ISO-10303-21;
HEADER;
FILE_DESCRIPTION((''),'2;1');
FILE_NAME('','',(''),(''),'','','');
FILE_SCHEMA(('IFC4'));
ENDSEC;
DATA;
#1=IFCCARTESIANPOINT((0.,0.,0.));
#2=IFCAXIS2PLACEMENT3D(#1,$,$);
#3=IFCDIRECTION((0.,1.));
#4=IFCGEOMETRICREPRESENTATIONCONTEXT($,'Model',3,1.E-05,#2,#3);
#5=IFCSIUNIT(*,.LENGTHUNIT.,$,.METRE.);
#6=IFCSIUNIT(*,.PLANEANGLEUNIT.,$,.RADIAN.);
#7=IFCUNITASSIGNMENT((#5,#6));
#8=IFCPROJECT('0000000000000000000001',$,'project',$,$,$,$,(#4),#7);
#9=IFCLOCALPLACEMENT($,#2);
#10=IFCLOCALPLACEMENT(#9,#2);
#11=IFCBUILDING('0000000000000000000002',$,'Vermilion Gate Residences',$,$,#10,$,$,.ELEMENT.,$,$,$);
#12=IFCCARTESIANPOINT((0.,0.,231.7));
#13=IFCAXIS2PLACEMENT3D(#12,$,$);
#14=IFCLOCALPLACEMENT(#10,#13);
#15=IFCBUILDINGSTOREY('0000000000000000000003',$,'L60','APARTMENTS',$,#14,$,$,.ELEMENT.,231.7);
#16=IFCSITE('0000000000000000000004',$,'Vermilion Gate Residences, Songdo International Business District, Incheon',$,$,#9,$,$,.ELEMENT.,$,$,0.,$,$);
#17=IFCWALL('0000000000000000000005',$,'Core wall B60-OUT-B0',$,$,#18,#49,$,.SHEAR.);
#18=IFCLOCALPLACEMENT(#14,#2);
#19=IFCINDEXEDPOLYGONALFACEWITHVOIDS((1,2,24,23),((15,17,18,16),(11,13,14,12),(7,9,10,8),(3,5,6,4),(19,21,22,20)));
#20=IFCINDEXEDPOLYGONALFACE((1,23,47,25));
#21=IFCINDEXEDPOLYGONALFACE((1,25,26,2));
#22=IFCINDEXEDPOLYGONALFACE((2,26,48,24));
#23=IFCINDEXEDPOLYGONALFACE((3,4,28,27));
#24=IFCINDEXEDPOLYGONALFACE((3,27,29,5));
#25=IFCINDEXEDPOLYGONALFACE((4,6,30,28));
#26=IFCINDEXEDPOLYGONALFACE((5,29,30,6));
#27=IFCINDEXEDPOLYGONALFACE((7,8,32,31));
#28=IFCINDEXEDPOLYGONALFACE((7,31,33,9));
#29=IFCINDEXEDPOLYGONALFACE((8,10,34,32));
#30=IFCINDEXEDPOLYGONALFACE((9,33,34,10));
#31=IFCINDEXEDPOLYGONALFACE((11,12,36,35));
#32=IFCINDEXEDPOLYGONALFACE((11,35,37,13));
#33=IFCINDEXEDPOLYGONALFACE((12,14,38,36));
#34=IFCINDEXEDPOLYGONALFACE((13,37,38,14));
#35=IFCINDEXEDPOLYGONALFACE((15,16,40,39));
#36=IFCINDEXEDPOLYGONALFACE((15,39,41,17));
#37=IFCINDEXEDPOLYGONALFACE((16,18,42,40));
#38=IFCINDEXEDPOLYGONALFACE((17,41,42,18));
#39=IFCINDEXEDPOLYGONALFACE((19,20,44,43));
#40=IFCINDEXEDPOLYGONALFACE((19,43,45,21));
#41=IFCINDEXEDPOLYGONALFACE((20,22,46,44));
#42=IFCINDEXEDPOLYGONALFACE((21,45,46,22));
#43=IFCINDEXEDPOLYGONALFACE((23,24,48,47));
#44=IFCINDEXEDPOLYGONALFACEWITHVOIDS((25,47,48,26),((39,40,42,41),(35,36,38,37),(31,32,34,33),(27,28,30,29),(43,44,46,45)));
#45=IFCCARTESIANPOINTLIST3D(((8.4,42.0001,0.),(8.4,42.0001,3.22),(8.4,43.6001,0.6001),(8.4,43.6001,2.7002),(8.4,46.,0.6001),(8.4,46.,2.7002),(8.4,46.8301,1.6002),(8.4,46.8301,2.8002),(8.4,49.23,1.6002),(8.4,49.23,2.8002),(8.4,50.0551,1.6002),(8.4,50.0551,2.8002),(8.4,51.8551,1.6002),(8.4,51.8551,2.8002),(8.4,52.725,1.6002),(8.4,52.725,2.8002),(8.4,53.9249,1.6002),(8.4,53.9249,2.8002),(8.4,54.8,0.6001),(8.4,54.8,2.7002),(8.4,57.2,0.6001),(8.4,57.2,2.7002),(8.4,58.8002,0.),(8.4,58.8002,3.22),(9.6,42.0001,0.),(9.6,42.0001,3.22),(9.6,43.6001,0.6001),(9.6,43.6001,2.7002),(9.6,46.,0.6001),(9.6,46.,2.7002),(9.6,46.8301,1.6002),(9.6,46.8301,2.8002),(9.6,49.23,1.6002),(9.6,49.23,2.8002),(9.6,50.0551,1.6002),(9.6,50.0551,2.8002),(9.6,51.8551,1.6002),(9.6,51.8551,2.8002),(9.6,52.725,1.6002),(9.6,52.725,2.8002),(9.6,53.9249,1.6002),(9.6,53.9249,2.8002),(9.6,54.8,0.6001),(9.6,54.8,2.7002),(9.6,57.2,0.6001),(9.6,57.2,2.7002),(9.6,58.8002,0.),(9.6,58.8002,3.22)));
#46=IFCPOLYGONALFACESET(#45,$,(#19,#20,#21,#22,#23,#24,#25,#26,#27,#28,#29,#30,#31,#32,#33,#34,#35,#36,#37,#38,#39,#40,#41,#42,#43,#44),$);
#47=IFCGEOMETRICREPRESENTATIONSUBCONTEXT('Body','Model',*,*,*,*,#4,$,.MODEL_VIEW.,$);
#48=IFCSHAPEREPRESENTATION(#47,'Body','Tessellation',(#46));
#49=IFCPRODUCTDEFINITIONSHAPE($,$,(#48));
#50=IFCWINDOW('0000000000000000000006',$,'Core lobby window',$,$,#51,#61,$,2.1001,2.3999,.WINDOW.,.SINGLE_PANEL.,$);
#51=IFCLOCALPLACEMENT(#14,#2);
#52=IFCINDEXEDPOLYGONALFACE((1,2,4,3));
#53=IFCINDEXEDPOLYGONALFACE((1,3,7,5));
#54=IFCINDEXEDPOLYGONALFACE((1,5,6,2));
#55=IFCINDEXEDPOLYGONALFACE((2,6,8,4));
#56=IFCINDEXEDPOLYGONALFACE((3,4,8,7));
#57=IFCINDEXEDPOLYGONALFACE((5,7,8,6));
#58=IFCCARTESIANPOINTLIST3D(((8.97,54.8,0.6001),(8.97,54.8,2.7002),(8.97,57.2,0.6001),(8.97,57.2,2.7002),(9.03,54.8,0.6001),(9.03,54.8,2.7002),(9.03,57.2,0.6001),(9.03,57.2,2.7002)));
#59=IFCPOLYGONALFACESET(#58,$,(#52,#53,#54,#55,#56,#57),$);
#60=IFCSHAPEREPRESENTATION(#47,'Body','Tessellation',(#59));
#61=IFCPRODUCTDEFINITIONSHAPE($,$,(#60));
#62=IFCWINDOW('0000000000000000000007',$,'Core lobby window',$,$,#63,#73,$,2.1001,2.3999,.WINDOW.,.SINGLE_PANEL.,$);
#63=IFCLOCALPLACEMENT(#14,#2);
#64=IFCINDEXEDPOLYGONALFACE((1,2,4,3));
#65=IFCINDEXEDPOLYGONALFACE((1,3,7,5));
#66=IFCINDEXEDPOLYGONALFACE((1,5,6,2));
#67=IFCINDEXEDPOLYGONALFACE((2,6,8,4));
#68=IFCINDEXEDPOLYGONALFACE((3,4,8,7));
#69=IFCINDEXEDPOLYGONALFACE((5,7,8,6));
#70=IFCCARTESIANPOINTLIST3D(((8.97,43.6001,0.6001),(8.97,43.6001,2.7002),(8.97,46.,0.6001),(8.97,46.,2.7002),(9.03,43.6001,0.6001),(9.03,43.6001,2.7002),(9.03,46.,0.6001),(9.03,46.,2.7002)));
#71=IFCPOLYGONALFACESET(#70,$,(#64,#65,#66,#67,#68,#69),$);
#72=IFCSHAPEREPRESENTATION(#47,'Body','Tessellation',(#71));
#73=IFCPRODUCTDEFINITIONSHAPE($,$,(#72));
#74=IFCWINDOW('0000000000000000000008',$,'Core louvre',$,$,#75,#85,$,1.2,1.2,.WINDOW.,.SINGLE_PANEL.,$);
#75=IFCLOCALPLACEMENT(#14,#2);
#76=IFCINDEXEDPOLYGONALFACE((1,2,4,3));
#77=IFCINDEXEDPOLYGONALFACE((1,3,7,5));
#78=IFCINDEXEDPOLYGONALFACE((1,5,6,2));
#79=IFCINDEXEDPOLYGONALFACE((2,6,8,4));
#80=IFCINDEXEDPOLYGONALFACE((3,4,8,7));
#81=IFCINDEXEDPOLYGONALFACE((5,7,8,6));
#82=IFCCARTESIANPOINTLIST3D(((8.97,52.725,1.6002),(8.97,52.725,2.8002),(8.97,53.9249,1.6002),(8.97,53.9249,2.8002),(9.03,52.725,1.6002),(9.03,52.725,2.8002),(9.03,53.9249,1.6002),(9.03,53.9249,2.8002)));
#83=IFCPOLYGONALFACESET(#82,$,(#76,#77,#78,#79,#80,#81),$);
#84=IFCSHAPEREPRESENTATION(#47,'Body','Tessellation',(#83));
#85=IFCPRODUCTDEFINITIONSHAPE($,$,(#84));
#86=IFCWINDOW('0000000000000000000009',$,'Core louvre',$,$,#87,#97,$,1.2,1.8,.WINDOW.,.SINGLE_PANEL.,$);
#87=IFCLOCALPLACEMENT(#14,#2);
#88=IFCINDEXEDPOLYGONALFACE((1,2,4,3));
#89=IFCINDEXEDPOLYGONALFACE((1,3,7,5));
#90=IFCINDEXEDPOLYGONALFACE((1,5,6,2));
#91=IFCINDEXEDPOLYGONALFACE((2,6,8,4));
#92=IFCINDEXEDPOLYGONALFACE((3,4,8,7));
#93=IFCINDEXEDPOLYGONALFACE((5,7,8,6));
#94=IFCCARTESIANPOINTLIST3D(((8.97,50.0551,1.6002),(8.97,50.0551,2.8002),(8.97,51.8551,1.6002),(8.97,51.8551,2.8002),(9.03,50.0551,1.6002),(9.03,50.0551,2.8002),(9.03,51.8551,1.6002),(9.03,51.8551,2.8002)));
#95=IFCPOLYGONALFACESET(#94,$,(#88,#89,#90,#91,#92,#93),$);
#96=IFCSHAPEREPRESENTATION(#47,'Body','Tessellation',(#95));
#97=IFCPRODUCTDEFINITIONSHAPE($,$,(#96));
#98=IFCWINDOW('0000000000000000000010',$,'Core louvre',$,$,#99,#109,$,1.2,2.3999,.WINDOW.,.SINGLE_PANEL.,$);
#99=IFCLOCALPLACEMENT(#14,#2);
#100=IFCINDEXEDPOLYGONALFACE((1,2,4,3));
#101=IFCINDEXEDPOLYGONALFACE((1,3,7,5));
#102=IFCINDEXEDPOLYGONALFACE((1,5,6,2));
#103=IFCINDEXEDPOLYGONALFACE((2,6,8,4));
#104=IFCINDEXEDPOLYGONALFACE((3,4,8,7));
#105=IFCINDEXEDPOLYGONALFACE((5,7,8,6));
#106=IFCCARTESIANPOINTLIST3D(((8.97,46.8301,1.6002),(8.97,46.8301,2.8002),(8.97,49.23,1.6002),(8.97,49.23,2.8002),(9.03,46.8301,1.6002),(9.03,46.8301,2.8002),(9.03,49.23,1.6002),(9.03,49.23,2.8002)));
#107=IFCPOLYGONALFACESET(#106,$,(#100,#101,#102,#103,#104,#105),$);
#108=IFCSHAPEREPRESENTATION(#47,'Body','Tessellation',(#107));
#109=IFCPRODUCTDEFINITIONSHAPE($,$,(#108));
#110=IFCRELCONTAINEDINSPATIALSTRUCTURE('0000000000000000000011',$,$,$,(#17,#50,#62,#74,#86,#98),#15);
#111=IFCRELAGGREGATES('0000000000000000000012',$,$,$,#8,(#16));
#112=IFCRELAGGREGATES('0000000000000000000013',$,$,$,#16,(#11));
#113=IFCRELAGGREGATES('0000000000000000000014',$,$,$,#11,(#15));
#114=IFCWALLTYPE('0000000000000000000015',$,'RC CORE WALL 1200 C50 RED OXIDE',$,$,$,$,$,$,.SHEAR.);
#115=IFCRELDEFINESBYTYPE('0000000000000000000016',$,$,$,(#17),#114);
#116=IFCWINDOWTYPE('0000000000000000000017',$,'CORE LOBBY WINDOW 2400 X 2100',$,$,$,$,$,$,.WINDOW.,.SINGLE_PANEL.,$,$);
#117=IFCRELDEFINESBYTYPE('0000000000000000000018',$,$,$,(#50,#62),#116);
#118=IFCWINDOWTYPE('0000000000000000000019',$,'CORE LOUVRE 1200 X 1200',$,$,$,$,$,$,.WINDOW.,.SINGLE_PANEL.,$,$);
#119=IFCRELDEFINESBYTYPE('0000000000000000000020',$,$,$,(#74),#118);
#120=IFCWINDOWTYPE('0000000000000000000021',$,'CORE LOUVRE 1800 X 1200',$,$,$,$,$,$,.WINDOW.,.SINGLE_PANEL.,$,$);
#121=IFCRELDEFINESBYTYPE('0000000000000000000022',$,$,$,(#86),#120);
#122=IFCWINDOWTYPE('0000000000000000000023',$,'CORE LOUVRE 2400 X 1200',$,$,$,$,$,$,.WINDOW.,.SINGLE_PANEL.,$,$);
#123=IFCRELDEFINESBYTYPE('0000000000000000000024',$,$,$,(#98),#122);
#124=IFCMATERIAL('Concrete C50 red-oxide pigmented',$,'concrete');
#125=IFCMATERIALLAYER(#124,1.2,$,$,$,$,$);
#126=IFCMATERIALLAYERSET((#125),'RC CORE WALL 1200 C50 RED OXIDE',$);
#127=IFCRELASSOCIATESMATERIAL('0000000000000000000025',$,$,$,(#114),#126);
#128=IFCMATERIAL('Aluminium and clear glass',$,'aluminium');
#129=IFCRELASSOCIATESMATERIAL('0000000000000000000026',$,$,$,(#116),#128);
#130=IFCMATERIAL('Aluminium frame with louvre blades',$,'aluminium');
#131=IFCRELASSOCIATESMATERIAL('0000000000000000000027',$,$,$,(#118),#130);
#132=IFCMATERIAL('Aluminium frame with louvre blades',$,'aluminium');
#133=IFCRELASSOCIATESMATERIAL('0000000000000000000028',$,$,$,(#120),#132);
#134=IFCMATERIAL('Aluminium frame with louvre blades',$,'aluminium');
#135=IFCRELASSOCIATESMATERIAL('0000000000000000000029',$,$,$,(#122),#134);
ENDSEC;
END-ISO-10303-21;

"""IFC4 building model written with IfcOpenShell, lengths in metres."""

from ifc_helpers import new_model, si_unit, direction, frame, frame_2d, origin, place, context, subcontext, project, spatial, rectangle, extrude, material, layer, layer_set, type_object, element, fill, save


model = new_model("IFC4")

# Units and contexts
model_context = context("Model", 3, precision=1e-05, world=origin(), true_north=direction((0.0, 1.0)))
body_context = subcontext(model_context, "Body", "Model", "MODEL_VIEW")
ifc_project = project(units=[si_unit("LENGTHUNIT", "METRE"), si_unit("PLANEANGLEUNIT", "RADIAN")], contexts=[model_context])

# Site, building, storey
site_placement = place(None, origin())
site = spatial("IfcSite", under=ifc_project, at=site_placement, Name="Vermilion Gate Residences, Songdo International Business District, Incheon", CompositionType="ELEMENT", RefElevation=0.0)
building_placement = place(site_placement, origin())
building = spatial("IfcBuilding", under=site, at=building_placement, Name="Vermilion Gate Residences", CompositionType="ELEMENT")
storey_placement = place(building_placement, frame((0.0, 0.0, 231.7)))
storey = spatial("IfcBuildingStorey", under=building, at=storey_placement, Name="L60", Description="APARTMENTS", CompositionType="ELEMENT", Elevation=231.7)

# Wall, openings, windows
ifc_material_1 = material(Name="Concrete C50 red-oxide pigmented", Category="concrete")
ifc_layer_1 = layer(ifc_material_1, 1.2)
ifc_layer_set_1 = layer_set([ifc_layer_1], Name="RC CORE WALL 1200 C50 RED OXIDE")
wall_type_1 = type_object("IfcWallType", Name="RC CORE WALL 1200 C50 RED OXIDE", PredefinedType="SHEAR", material=ifc_layer_set_1)
wall_1_placement = place(storey_placement, frame((9.0, 58.8, 0.0), z_axis=(0.0, 0.0, 1.0), x_axis=(0.0, -1.0, 0.0)))
wall_1 = element("IfcWall", 1, at=wall_1_placement, inside=storey, type_object=wall_type_1, Name="Core wall B60-OUT-B0", PredefinedType="SHEAR", context=body_context, shape_type="SweptSolid", body=[
    extrude(rectangle(XDim=16.8, YDim=1.2, at=frame_2d((8.3999, 0.0))), origin(), (0.0, 0.0, 1.0), 3.22),
])
opening_1_placement = place(wall_1_placement, frame((1.6001, 0.0, 0.6001)))
opening_1 = element("IfcOpeningElement", 2, at=opening_1_placement, cuts=wall_1, PredefinedType="OPENING", context=body_context, shape_type="SweptSolid", body=[
    extrude(rectangle(XDim=2.3999, YDim=2.1001, at=frame_2d((1.2, 1.05))), frame((0.0, 0.6099, 0.0), z_axis=(0.0, -1.0, 0.0), x_axis=(1.0, 0.0, 0.0)), (0.0, 0.0, 1.0), 1.22),
])
opening_2_placement = place(wall_1_placement, frame((4.875, 0.0, 1.6001)))
opening_2 = element("IfcOpeningElement", 3, at=opening_2_placement, cuts=wall_1, PredefinedType="OPENING", context=body_context, shape_type="SweptSolid", body=[
    extrude(rectangle(XDim=1.2, YDim=1.2, at=frame_2d((0.6001, 0.6001))), frame((0.0, 0.6099, 0.0), z_axis=(0.0, -1.0, 0.0), x_axis=(1.0, 0.0, 0.0)), (0.0, 0.0, 1.0), 1.22),
])
opening_3_placement = place(wall_1_placement, frame((6.9451, 0.0, 1.6001)))
opening_3 = element("IfcOpeningElement", 4, at=opening_3_placement, cuts=wall_1, PredefinedType="OPENING", context=body_context, shape_type="SweptSolid", body=[
    extrude(rectangle(XDim=1.8, YDim=1.2, at=frame_2d((0.8999, 0.6001))), frame((0.0, 0.6099, 0.0), z_axis=(0.0, -1.0, 0.0), x_axis=(1.0, 0.0, 0.0)), (0.0, 0.0, 1.0), 1.22),
])
opening_4_placement = place(wall_1_placement, frame((9.5701, 0.0, 1.6001)))
opening_4 = element("IfcOpeningElement", 5, at=opening_4_placement, cuts=wall_1, PredefinedType="OPENING", context=body_context, shape_type="SweptSolid", body=[
    extrude(rectangle(XDim=2.3999, YDim=1.2, at=frame_2d((1.2, 0.6001))), frame((0.0, 0.6099, 0.0), z_axis=(0.0, -1.0, 0.0), x_axis=(1.0, 0.0, 0.0)), (0.0, 0.0, 1.0), 1.22),
])
opening_5_placement = place(wall_1_placement, frame((12.8, 0.0, 0.6001)))
opening_5 = element("IfcOpeningElement", 6, at=opening_5_placement, cuts=wall_1, PredefinedType="OPENING", context=body_context, shape_type="SweptSolid", body=[
    extrude(rectangle(XDim=2.3999, YDim=2.1001, at=frame_2d((1.2, 1.05))), frame((0.0, 0.6099, 0.0), z_axis=(0.0, -1.0, 0.0), x_axis=(1.0, 0.0, 0.0)), (0.0, 0.0, 1.0), 1.22),
])
ifc_material_2 = material(Name="Aluminium and clear glass", Category="aluminium")
window_type_1 = type_object("IfcWindowType", Name="CORE LOBBY WINDOW 2400 X 2100", PartitioningType="SINGLE_PANEL", PredefinedType="WINDOW", material=ifc_material_2)
window_1_placement = place(opening_1_placement, origin())
window_1 = element("IfcWindow", 7, at=window_1_placement, inside=storey, type_object=window_type_1, Name="Core lobby window", OverallHeight=2.1001, OverallWidth=2.3999, PartitioningType="SINGLE_PANEL", PredefinedType="WINDOW", context=body_context, shape_type="SweptSolid", body=[
    extrude(rectangle(XDim=2.3999, YDim=2.1001, at=frame_2d((1.2, 1.05))), frame((0.0, 0.03, 0.0), z_axis=(0.0, -1.0, 0.0), x_axis=(1.0, 0.0, 0.0)), (0.0, 0.0, 1.0), 0.0601),
])
fill(opening_1, window_1)
window_2_placement = place(opening_5_placement, origin())
window_2 = element("IfcWindow", 8, at=window_2_placement, inside=storey, type_object=window_type_1, Name="Core lobby window", OverallHeight=2.1001, OverallWidth=2.3999, PartitioningType="SINGLE_PANEL", PredefinedType="WINDOW", context=body_context, shape_type="SweptSolid", body=[
    extrude(rectangle(XDim=2.3999, YDim=2.1001, at=frame_2d((1.2, 1.05))), frame((0.0, 0.03, 0.0), z_axis=(0.0, -1.0, 0.0), x_axis=(1.0, 0.0, 0.0)), (0.0, 0.0, 1.0), 0.0601),
])
fill(opening_5, window_2)
ifc_material_3 = material(Name="Aluminium frame with louvre blades", Category="aluminium")
window_type_2 = type_object("IfcWindowType", Name="CORE LOUVRE 1200 X 1200", PartitioningType="SINGLE_PANEL", PredefinedType="WINDOW", material=ifc_material_3)
window_3_placement = place(opening_2_placement, origin())
window_3 = element("IfcWindow", 9, at=window_3_placement, inside=storey, type_object=window_type_2, Name="Core louvre", OverallHeight=1.2, OverallWidth=1.2, PartitioningType="SINGLE_PANEL", PredefinedType="WINDOW", context=body_context, shape_type="SweptSolid", body=[
    extrude(rectangle(XDim=1.2, YDim=1.2, at=frame_2d((0.6001, 0.6001))), frame((0.0, 0.03, 0.0), z_axis=(0.0, -1.0, 0.0), x_axis=(1.0, 0.0, 0.0)), (0.0, 0.0, 1.0), 0.0601),
])
fill(opening_2, window_3)
ifc_material_4 = material(Name="Aluminium frame with louvre blades", Category="aluminium")
window_type_3 = type_object("IfcWindowType", Name="CORE LOUVRE 1800 X 1200", PartitioningType="SINGLE_PANEL", PredefinedType="WINDOW", material=ifc_material_4)
window_4_placement = place(opening_3_placement, origin())
window_4 = element("IfcWindow", 10, at=window_4_placement, inside=storey, type_object=window_type_3, Name="Core louvre", OverallHeight=1.2, OverallWidth=1.8, PartitioningType="SINGLE_PANEL", PredefinedType="WINDOW", context=body_context, shape_type="SweptSolid", body=[
    extrude(rectangle(XDim=1.8, YDim=1.2, at=frame_2d((0.8999, 0.6001))), frame((0.0, 0.03, 0.0), z_axis=(0.0, -1.0, 0.0), x_axis=(1.0, 0.0, 0.0)), (0.0, 0.0, 1.0), 0.0601),
])
fill(opening_3, window_4)
ifc_material_5 = material(Name="Aluminium frame with louvre blades", Category="aluminium")
window_type_4 = type_object("IfcWindowType", Name="CORE LOUVRE 2400 X 1200", PartitioningType="SINGLE_PANEL", PredefinedType="WINDOW", material=ifc_material_5)
window_5_placement = place(opening_4_placement, origin())
window_5 = element("IfcWindow", 11, at=window_5_placement, inside=storey, type_object=window_type_4, Name="Core louvre", OverallHeight=1.2, OverallWidth=2.3999, PartitioningType="SINGLE_PANEL", PredefinedType="WINDOW", context=body_context, shape_type="SweptSolid", body=[
    extrude(rectangle(XDim=2.3999, YDim=1.2, at=frame_2d((1.2, 0.6001))), frame((0.0, 0.03, 0.0), z_axis=(0.0, -1.0, 0.0), x_axis=(1.0, 0.0, 0.0)), (0.0, 0.0, 1.0), 0.0601),
])
fill(opening_4, window_5)

save(model, "model.ifc")
